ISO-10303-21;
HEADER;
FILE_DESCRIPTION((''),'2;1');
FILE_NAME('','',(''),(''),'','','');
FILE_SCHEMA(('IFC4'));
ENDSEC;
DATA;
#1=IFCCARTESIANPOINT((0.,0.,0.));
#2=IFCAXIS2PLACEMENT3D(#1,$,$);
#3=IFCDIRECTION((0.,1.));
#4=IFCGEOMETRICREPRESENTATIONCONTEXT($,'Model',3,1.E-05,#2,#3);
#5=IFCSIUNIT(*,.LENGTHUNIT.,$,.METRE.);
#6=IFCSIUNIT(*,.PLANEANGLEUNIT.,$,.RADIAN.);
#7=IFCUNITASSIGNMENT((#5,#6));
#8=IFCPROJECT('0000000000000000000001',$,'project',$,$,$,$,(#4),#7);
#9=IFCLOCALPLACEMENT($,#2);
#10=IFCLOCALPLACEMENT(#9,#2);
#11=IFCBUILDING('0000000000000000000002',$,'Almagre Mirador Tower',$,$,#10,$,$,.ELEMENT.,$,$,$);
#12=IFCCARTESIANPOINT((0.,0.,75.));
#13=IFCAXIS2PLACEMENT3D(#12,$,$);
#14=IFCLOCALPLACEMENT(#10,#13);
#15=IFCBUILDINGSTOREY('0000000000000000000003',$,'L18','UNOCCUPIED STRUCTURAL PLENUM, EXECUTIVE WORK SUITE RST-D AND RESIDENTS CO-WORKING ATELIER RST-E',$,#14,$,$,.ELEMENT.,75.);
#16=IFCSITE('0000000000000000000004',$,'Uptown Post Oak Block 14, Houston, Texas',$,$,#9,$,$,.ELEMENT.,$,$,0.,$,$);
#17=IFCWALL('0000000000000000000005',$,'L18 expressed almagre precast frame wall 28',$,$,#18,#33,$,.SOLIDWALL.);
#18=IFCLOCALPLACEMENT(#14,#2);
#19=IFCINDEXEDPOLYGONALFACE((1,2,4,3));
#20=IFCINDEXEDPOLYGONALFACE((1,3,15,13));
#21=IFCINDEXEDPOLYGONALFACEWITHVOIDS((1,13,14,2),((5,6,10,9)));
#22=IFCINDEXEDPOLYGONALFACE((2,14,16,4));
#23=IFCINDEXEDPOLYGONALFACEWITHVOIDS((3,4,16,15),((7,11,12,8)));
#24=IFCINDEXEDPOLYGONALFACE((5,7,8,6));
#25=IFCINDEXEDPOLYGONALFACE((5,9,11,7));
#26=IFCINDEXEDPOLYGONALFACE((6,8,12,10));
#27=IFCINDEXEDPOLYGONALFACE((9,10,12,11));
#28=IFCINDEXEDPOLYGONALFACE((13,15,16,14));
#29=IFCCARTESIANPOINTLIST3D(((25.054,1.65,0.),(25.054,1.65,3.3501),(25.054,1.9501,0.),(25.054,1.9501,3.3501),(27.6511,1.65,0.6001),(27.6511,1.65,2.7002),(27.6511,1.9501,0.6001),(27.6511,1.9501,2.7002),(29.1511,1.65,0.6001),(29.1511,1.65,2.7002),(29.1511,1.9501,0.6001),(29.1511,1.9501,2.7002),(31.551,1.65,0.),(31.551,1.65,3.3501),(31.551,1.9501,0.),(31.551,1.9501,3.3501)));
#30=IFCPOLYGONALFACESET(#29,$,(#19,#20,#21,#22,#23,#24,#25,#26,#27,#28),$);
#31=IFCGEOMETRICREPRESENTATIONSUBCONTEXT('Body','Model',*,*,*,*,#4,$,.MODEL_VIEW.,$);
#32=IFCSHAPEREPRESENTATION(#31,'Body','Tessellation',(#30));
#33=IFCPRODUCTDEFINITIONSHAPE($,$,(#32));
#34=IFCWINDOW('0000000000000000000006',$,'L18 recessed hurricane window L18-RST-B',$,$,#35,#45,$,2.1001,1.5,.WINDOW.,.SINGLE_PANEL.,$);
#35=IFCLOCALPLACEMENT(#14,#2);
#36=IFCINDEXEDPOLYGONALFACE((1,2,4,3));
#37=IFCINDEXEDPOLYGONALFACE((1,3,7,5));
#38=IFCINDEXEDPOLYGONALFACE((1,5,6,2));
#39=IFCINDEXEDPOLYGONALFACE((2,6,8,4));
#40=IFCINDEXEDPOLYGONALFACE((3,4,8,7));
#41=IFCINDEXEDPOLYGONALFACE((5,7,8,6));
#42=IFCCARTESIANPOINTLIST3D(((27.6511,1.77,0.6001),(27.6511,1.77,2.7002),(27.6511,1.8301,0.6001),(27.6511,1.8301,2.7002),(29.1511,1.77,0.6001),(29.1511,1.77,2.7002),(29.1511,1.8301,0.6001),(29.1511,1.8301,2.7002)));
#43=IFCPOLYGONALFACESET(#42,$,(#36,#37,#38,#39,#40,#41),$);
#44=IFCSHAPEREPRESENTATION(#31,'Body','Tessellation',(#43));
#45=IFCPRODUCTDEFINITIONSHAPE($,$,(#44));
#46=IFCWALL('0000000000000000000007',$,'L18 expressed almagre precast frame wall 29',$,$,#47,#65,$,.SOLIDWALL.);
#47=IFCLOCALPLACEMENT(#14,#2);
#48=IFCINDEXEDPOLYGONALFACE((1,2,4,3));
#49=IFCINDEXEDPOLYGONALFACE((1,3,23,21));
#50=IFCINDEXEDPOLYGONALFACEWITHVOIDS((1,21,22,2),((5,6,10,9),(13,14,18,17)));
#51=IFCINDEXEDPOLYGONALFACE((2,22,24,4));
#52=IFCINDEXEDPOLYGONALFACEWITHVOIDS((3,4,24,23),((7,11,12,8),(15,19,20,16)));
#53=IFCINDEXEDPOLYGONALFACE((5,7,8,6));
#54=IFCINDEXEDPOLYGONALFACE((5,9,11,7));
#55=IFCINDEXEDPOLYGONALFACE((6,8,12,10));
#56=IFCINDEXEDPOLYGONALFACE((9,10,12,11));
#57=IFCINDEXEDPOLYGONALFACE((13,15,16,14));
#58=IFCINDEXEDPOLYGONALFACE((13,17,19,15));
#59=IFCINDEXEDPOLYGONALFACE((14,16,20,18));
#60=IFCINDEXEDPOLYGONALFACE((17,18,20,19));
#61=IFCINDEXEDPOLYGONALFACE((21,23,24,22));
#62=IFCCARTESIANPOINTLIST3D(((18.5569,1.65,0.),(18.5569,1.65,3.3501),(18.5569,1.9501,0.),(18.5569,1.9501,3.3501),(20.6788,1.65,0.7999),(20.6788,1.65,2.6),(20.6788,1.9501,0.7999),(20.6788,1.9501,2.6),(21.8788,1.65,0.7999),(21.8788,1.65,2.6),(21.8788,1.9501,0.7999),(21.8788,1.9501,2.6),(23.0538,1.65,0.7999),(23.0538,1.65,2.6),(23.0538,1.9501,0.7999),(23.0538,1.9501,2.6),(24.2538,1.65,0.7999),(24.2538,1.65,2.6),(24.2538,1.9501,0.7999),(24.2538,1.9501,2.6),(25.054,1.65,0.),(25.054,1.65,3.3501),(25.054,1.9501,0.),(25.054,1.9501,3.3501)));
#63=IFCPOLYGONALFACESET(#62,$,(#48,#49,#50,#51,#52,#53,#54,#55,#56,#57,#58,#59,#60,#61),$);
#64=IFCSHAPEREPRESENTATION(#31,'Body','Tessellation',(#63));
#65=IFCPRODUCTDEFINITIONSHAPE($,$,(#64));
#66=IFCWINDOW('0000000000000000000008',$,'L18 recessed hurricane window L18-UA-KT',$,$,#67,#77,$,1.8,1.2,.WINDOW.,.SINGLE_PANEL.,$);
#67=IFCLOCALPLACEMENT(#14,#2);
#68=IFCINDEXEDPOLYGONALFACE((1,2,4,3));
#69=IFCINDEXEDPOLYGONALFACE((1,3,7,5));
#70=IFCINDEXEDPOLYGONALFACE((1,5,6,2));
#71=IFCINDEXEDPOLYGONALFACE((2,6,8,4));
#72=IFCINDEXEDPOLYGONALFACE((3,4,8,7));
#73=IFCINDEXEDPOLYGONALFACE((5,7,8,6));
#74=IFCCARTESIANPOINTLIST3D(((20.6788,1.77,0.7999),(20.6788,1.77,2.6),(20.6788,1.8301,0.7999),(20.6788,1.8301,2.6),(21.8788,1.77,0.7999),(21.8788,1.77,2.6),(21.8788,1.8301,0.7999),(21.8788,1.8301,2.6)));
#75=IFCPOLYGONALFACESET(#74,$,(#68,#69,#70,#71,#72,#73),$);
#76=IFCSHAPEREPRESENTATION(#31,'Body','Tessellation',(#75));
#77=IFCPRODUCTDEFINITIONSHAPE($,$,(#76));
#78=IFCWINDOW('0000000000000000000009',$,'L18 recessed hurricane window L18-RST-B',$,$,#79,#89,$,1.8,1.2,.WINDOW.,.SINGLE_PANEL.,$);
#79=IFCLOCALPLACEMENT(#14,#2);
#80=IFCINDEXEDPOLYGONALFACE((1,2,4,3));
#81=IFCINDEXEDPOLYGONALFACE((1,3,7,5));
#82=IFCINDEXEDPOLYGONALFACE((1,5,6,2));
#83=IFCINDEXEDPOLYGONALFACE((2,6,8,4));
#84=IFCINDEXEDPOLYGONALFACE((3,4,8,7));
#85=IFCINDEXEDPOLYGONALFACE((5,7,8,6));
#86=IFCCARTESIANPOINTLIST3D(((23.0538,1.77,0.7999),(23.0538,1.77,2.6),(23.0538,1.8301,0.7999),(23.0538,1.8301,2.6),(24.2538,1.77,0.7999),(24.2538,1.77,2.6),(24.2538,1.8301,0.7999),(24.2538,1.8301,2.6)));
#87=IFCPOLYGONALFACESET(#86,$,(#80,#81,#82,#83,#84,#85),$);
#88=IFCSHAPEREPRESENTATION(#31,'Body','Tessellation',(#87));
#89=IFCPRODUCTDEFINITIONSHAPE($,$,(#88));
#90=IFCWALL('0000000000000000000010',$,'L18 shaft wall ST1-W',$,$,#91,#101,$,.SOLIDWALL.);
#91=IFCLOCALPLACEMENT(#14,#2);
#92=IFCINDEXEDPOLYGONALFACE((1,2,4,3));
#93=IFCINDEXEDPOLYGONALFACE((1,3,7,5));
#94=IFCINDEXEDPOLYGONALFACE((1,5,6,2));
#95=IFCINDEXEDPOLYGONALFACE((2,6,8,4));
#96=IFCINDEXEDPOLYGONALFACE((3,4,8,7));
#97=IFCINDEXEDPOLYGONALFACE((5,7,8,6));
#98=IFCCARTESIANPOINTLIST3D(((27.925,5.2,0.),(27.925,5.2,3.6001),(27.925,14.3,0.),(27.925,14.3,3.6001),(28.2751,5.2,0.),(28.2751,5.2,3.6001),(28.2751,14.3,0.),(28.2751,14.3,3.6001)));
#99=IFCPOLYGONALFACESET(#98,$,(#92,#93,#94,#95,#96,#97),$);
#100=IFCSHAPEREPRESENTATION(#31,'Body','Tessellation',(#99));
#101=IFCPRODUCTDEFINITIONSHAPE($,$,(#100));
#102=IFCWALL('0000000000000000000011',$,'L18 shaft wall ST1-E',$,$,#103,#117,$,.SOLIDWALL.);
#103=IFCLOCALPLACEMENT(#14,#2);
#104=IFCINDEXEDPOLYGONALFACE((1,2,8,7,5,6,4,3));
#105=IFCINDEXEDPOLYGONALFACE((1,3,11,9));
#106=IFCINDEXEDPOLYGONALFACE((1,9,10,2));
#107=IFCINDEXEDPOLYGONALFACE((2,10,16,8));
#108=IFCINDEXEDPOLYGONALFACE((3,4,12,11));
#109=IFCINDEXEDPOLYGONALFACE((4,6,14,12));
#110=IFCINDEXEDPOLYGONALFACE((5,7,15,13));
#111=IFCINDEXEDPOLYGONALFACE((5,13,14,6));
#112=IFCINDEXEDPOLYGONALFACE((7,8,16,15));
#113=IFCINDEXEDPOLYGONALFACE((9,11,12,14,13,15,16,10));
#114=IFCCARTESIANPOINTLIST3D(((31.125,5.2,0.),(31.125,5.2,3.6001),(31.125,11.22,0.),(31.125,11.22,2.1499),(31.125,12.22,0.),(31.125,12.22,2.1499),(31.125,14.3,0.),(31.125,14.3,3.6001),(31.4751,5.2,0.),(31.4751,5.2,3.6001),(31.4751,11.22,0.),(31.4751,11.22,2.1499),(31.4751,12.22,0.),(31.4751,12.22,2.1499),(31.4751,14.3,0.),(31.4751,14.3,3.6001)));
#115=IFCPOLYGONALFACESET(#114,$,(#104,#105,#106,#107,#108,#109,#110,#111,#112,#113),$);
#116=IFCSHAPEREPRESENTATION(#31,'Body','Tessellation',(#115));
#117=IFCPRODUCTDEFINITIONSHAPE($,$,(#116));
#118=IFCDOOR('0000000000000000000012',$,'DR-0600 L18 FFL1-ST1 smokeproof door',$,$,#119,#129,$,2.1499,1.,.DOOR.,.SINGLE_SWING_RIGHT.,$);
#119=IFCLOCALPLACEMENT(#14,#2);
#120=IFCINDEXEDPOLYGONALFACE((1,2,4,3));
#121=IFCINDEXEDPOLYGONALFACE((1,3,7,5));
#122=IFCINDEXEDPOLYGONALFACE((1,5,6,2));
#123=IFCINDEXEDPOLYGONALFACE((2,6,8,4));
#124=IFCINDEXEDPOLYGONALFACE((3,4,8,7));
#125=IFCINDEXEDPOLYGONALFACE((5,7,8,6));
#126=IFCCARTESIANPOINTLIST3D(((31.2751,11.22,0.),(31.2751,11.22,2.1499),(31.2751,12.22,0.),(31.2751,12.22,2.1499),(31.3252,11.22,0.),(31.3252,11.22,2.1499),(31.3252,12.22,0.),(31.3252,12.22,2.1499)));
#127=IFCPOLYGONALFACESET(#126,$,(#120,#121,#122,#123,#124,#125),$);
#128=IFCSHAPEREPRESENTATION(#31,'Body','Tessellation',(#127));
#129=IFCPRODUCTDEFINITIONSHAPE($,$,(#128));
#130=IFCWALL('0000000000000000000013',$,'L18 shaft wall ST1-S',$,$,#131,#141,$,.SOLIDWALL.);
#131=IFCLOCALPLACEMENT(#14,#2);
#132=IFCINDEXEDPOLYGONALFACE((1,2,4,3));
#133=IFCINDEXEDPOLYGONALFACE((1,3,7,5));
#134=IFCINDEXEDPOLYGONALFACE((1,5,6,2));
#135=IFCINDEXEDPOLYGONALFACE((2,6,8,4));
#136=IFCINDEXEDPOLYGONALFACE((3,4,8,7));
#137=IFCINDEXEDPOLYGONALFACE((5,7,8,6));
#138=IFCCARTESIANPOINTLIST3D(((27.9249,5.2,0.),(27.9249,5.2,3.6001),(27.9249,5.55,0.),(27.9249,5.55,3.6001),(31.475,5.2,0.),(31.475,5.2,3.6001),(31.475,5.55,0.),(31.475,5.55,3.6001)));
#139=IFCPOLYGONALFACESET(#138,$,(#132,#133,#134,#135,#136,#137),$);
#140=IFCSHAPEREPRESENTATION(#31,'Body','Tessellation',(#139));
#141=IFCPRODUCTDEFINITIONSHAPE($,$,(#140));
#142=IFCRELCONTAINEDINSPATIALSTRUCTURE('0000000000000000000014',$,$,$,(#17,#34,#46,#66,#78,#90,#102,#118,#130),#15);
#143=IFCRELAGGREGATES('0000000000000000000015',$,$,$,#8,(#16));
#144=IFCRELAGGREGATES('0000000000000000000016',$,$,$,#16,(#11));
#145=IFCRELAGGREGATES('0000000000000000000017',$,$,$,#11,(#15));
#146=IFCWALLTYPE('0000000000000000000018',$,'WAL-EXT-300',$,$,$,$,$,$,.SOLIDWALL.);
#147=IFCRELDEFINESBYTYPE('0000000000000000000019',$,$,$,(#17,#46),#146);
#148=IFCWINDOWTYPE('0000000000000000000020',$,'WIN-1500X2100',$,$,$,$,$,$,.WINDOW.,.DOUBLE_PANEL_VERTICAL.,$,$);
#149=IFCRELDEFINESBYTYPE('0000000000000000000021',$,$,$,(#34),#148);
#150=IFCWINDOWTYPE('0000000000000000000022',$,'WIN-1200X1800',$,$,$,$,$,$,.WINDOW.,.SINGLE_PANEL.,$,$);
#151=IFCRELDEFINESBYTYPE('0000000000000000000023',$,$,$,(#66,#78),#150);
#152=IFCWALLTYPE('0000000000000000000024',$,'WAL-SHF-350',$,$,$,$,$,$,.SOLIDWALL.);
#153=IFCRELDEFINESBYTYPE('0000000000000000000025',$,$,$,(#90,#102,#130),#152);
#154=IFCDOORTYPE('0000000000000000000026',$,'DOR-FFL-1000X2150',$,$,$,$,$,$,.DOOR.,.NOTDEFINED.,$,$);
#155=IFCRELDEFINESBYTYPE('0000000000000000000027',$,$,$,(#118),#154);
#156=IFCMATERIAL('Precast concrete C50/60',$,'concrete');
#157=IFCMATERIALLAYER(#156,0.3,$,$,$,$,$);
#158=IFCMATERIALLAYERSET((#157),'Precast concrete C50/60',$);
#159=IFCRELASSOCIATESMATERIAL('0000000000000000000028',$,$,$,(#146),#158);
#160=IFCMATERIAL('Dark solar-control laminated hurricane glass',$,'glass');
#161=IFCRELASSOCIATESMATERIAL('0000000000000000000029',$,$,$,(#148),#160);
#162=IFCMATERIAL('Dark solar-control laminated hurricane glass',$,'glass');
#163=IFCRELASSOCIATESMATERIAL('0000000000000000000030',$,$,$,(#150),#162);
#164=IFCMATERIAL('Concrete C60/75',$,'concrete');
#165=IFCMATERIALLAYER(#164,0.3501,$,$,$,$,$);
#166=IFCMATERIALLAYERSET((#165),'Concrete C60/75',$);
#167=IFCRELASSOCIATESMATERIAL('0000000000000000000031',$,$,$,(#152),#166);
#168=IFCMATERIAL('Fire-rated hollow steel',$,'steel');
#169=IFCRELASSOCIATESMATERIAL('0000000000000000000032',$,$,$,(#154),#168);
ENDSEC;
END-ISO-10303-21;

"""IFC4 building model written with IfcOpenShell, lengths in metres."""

from ifc_helpers import new_model, si_unit, direction, frame, frame_2d, origin, place, context, subcontext, project, spatial, rectangle, extrude, material, layer, layer_set, type_object, element, fill, save


model = new_model("IFC4")

# Units and contexts
model_context = context("Model", 3, precision=1e-05, world=origin(), true_north=direction((0.0, 1.0)))
body_context = subcontext(model_context, "Body", "Model", "MODEL_VIEW")
ifc_project = project(units=[si_unit("LENGTHUNIT", "METRE"), si_unit("PLANEANGLEUNIT", "RADIAN")], contexts=[model_context])

# Site, building, storey
site_placement = place(None, origin())
site = spatial("IfcSite", under=ifc_project, at=site_placement, Name="Uptown Post Oak Block 14, Houston, Texas", CompositionType="ELEMENT", RefElevation=0.0)
building_placement = place(site_placement, origin())
building = spatial("IfcBuilding", under=site, at=building_placement, Name="Almagre Mirador Tower", CompositionType="ELEMENT")
storey_placement = place(building_placement, frame((0.0, 0.0, 75.0)))
storey = spatial("IfcBuildingStorey", under=building, at=storey_placement, Name="L18", Description="UNOCCUPIED STRUCTURAL PLENUM, EXECUTIVE WORK SUITE RST-D AND RESIDENTS CO-WORKING ATELIER RST-E", CompositionType="ELEMENT", Elevation=75.0)

# Wall, opening, window
ifc_material_1 = material(Name="Precast concrete C50/60", Category="concrete")
ifc_layer_1 = layer(ifc_material_1, 0.3)
ifc_layer_set_1 = layer_set([ifc_layer_1], Name="Precast concrete C50/60")
wall_type_1 = type_object("IfcWallType", Name="WAL-EXT-300", PredefinedType="SOLIDWALL", material=ifc_layer_set_1)
wall_1_placement = place(storey_placement, frame((31.551, 1.8, 0.0), z_axis=(0.0, 0.0, 1.0), x_axis=(-1.0, 0.0, 0.0)))
wall_1 = element("IfcWall", 1, at=wall_1_placement, inside=storey, type_object=wall_type_1, Name="L18 expressed almagre precast frame wall 28", PredefinedType="SOLIDWALL", context=body_context, shape_type="SweptSolid", body=[
    extrude(rectangle(XDim=6.4971, YDim=0.3, at=frame_2d((3.2485, 0.0))), origin(), (0.0, 0.0, 1.0), 3.3501),
])
opening_1_placement = place(wall_1_placement, frame((2.3999, 0.0, 0.6001)))
opening_1 = element("IfcOpeningElement", 2, at=opening_1_placement, cuts=wall_1, PredefinedType="OPENING", context=body_context, shape_type="SweptSolid", body=[
    extrude(rectangle(XDim=1.5, YDim=2.1001, at=frame_2d((0.75, 1.05))), frame((0.0, 0.1599, 0.0), z_axis=(0.0, -1.0, 0.0), x_axis=(1.0, 0.0, 0.0)), (0.0, 0.0, 1.0), 0.32),
])
ifc_material_2 = material(Name="Dark solar-control laminated hurricane glass", Category="glass")
window_type_1 = type_object("IfcWindowType", Name="WIN-1500X2100", PartitioningType="DOUBLE_PANEL_VERTICAL", PredefinedType="WINDOW", material=ifc_material_2)
window_1_placement = place(opening_1_placement, origin())
window_1 = element("IfcWindow", 3, at=window_1_placement, inside=storey, type_object=window_type_1, Name="L18 recessed hurricane window L18-RST-B", OverallHeight=2.1001, OverallWidth=1.5, PartitioningType="SINGLE_PANEL", PredefinedType="WINDOW", context=body_context, shape_type="SweptSolid", body=[
    extrude(rectangle(XDim=1.5, YDim=2.1001, at=frame_2d((0.75, 1.05))), frame((0.0, 0.03, 0.0), z_axis=(0.0, -1.0, 0.0), x_axis=(1.0, 0.0, 0.0)), (0.0, 0.0, 1.0), 0.0601),
])
fill(opening_1, window_1)

# Wall, openings, windows
wall_2_placement = place(storey_placement, frame((25.054, 1.8, 0.0), z_axis=(0.0, 0.0, 1.0), x_axis=(-1.0, 0.0, 0.0)))
wall_2 = element("IfcWall", 4, at=wall_2_placement, inside=storey, type_object=wall_type_1, Name="L18 expressed almagre precast frame wall 29", PredefinedType="SOLIDWALL", context=body_context, shape_type="SweptSolid", body=[
    extrude(rectangle(XDim=6.4971, YDim=0.3, at=frame_2d((3.2485, 0.0))), origin(), (0.0, 0.0, 1.0), 3.3501),
])
opening_2_placement = place(wall_2_placement, frame((3.175, 0.0, 0.8)))
opening_2 = element("IfcOpeningElement", 5, at=opening_2_placement, cuts=wall_2, PredefinedType="OPENING", context=body_context, shape_type="SweptSolid", body=[
    extrude(rectangle(XDim=1.2, YDim=1.8, at=frame_2d((0.6001, 0.8999))), frame((0.0, 0.1599, 0.0), z_axis=(0.0, -1.0, 0.0), x_axis=(1.0, 0.0, 0.0)), (0.0, 0.0, 1.0), 0.32),
])
opening_3_placement = place(wall_2_placement, frame((0.8, 0.0, 0.8)))
opening_3 = element("IfcOpeningElement", 6, at=opening_3_placement, cuts=wall_2, PredefinedType="OPENING", context=body_context, shape_type="SweptSolid", body=[
    extrude(rectangle(XDim=1.2, YDim=1.8, at=frame_2d((0.6001, 0.8999))), frame((0.0, 0.1599, 0.0), z_axis=(0.0, -1.0, 0.0), x_axis=(1.0, 0.0, 0.0)), (0.0, 0.0, 1.0), 0.32),
])
ifc_material_3 = material(Name="Dark solar-control laminated hurricane glass", Category="glass")
window_type_2 = type_object("IfcWindowType", Name="WIN-1200X1800", PartitioningType="SINGLE_PANEL", PredefinedType="WINDOW", material=ifc_material_3)
window_2_placement = place(opening_2_placement, origin())
window_2 = element("IfcWindow", 7, at=window_2_placement, inside=storey, type_object=window_type_2, Name="L18 recessed hurricane window L18-UA-KT", OverallHeight=1.8, OverallWidth=1.2, PartitioningType="SINGLE_PANEL", PredefinedType="WINDOW", context=body_context, shape_type="SweptSolid", body=[
    extrude(rectangle(XDim=1.2, YDim=1.8, at=frame_2d((0.6001, 0.8999))), frame((0.0, 0.03, 0.0), z_axis=(0.0, -1.0, 0.0), x_axis=(1.0, 0.0, 0.0)), (0.0, 0.0, 1.0), 0.0601),
])
fill(opening_2, window_2)
window_3_placement = place(opening_3_placement, origin())
window_3 = element("IfcWindow", 8, at=window_3_placement, inside=storey, type_object=window_type_2, Name="L18 recessed hurricane window L18-RST-B", OverallHeight=1.8, OverallWidth=1.2, PartitioningType="SINGLE_PANEL", PredefinedType="WINDOW", context=body_context, shape_type="SweptSolid", body=[
    extrude(rectangle(XDim=1.2, YDim=1.8, at=frame_2d((0.6001, 0.8999))), frame((0.0, 0.03, 0.0), z_axis=(0.0, -1.0, 0.0), x_axis=(1.0, 0.0, 0.0)), (0.0, 0.0, 1.0), 0.0601),
])
fill(opening_3, window_3)

# Wall
ifc_material_4 = material(Name="Concrete C60/75", Category="concrete")
ifc_layer_2 = layer(ifc_material_4, 0.3501)
ifc_layer_set_2 = layer_set([ifc_layer_2], Name="Concrete C60/75")
wall_type_2 = type_object("IfcWallType", Name="WAL-SHF-350", PredefinedType="SOLIDWALL", material=ifc_layer_set_2)
wall_3_placement = place(storey_placement, frame((28.1001, 5.2, 0.0), z_axis=(0.0, 0.0, 1.0), x_axis=(0.0, 1.0, 0.0)))
element("IfcWall", 9, at=wall_3_placement, inside=storey, type_object=wall_type_2, Name="L18 shaft wall ST1-W", PredefinedType="SOLIDWALL", context=body_context, shape_type="SweptSolid", body=[
    extrude(rectangle(XDim=9.1001, YDim=0.3501, at=frame_2d((4.55, 0.0))), origin(), (0.0, 0.0, 1.0), 3.6001),
])

# Wall, opening, door
wall_4_placement = place(storey_placement, frame((31.3, 5.2, 0.0), z_axis=(0.0, 0.0, 1.0), x_axis=(0.0, 1.0, 0.0)))
wall_4 = element("IfcWall", 10, at=wall_4_placement, inside=storey, type_object=wall_type_2, Name="L18 shaft wall ST1-E", PredefinedType="SOLIDWALL", context=body_context, shape_type="SweptSolid", body=[
    extrude(rectangle(XDim=9.1001, YDim=0.3501, at=frame_2d((4.55, 0.0))), origin(), (0.0, 0.0, 1.0), 3.6001),
])
opening_4_placement = place(wall_4_placement, frame((6.02, 0.0, 0.0)))
opening_4 = element("IfcOpeningElement", 11, at=opening_4_placement, cuts=wall_4, PredefinedType="OPENING", context=body_context, shape_type="SweptSolid", body=[
    extrude(rectangle(XDim=1.0, YDim=2.1499, at=frame_2d((0.5, 1.075))), frame((0.0, 0.185, 0.0), z_axis=(0.0, -1.0, 0.0), x_axis=(1.0, 0.0, 0.0)), (0.0, 0.0, 1.0), 0.3701),
])
ifc_material_5 = material(Name="Fire-rated hollow steel", Category="steel")
door_type_1 = type_object("IfcDoorType", Name="DOR-FFL-1000X2150", OperationType="NOTDEFINED", PredefinedType="DOOR", material=ifc_material_5)
door_1_placement = place(opening_4_placement, origin())
door_1 = element("IfcDoor", 12, at=door_1_placement, inside=storey, type_object=door_type_1, Name="DR-0600 L18 FFL1-ST1 smokeproof door", OperationType="SINGLE_SWING_RIGHT", OverallHeight=2.1499, OverallWidth=1.0, PredefinedType="DOOR", context=body_context, shape_type="SweptSolid", body=[
    extrude(rectangle(XDim=1.0, YDim=2.1499, at=frame_2d((0.5, 1.075))), frame((0.0, 0.0249, 0.0), z_axis=(0.0, -1.0, 0.0), x_axis=(1.0, 0.0, 0.0)), (0.0, 0.0, 1.0), 0.05),
])
fill(opening_4, door_1)

# Wall
wall_5_placement = place(storey_placement, frame((27.925, 5.375, 0.0), z_axis=(0.0, 0.0, 1.0), x_axis=(1.0, 0.0, 0.0)))
element("IfcWall", 13, at=wall_5_placement, inside=storey, type_object=wall_type_2, Name="L18 shaft wall ST1-S", PredefinedType="SOLIDWALL", context=body_context, shape_type="SweptSolid", body=[
    extrude(rectangle(XDim=3.55, YDim=0.3501, at=frame_2d((1.7749, 0.0))), origin(), (0.0, 0.0, 1.0), 3.6001),
])

save(model, "model.ifc")
